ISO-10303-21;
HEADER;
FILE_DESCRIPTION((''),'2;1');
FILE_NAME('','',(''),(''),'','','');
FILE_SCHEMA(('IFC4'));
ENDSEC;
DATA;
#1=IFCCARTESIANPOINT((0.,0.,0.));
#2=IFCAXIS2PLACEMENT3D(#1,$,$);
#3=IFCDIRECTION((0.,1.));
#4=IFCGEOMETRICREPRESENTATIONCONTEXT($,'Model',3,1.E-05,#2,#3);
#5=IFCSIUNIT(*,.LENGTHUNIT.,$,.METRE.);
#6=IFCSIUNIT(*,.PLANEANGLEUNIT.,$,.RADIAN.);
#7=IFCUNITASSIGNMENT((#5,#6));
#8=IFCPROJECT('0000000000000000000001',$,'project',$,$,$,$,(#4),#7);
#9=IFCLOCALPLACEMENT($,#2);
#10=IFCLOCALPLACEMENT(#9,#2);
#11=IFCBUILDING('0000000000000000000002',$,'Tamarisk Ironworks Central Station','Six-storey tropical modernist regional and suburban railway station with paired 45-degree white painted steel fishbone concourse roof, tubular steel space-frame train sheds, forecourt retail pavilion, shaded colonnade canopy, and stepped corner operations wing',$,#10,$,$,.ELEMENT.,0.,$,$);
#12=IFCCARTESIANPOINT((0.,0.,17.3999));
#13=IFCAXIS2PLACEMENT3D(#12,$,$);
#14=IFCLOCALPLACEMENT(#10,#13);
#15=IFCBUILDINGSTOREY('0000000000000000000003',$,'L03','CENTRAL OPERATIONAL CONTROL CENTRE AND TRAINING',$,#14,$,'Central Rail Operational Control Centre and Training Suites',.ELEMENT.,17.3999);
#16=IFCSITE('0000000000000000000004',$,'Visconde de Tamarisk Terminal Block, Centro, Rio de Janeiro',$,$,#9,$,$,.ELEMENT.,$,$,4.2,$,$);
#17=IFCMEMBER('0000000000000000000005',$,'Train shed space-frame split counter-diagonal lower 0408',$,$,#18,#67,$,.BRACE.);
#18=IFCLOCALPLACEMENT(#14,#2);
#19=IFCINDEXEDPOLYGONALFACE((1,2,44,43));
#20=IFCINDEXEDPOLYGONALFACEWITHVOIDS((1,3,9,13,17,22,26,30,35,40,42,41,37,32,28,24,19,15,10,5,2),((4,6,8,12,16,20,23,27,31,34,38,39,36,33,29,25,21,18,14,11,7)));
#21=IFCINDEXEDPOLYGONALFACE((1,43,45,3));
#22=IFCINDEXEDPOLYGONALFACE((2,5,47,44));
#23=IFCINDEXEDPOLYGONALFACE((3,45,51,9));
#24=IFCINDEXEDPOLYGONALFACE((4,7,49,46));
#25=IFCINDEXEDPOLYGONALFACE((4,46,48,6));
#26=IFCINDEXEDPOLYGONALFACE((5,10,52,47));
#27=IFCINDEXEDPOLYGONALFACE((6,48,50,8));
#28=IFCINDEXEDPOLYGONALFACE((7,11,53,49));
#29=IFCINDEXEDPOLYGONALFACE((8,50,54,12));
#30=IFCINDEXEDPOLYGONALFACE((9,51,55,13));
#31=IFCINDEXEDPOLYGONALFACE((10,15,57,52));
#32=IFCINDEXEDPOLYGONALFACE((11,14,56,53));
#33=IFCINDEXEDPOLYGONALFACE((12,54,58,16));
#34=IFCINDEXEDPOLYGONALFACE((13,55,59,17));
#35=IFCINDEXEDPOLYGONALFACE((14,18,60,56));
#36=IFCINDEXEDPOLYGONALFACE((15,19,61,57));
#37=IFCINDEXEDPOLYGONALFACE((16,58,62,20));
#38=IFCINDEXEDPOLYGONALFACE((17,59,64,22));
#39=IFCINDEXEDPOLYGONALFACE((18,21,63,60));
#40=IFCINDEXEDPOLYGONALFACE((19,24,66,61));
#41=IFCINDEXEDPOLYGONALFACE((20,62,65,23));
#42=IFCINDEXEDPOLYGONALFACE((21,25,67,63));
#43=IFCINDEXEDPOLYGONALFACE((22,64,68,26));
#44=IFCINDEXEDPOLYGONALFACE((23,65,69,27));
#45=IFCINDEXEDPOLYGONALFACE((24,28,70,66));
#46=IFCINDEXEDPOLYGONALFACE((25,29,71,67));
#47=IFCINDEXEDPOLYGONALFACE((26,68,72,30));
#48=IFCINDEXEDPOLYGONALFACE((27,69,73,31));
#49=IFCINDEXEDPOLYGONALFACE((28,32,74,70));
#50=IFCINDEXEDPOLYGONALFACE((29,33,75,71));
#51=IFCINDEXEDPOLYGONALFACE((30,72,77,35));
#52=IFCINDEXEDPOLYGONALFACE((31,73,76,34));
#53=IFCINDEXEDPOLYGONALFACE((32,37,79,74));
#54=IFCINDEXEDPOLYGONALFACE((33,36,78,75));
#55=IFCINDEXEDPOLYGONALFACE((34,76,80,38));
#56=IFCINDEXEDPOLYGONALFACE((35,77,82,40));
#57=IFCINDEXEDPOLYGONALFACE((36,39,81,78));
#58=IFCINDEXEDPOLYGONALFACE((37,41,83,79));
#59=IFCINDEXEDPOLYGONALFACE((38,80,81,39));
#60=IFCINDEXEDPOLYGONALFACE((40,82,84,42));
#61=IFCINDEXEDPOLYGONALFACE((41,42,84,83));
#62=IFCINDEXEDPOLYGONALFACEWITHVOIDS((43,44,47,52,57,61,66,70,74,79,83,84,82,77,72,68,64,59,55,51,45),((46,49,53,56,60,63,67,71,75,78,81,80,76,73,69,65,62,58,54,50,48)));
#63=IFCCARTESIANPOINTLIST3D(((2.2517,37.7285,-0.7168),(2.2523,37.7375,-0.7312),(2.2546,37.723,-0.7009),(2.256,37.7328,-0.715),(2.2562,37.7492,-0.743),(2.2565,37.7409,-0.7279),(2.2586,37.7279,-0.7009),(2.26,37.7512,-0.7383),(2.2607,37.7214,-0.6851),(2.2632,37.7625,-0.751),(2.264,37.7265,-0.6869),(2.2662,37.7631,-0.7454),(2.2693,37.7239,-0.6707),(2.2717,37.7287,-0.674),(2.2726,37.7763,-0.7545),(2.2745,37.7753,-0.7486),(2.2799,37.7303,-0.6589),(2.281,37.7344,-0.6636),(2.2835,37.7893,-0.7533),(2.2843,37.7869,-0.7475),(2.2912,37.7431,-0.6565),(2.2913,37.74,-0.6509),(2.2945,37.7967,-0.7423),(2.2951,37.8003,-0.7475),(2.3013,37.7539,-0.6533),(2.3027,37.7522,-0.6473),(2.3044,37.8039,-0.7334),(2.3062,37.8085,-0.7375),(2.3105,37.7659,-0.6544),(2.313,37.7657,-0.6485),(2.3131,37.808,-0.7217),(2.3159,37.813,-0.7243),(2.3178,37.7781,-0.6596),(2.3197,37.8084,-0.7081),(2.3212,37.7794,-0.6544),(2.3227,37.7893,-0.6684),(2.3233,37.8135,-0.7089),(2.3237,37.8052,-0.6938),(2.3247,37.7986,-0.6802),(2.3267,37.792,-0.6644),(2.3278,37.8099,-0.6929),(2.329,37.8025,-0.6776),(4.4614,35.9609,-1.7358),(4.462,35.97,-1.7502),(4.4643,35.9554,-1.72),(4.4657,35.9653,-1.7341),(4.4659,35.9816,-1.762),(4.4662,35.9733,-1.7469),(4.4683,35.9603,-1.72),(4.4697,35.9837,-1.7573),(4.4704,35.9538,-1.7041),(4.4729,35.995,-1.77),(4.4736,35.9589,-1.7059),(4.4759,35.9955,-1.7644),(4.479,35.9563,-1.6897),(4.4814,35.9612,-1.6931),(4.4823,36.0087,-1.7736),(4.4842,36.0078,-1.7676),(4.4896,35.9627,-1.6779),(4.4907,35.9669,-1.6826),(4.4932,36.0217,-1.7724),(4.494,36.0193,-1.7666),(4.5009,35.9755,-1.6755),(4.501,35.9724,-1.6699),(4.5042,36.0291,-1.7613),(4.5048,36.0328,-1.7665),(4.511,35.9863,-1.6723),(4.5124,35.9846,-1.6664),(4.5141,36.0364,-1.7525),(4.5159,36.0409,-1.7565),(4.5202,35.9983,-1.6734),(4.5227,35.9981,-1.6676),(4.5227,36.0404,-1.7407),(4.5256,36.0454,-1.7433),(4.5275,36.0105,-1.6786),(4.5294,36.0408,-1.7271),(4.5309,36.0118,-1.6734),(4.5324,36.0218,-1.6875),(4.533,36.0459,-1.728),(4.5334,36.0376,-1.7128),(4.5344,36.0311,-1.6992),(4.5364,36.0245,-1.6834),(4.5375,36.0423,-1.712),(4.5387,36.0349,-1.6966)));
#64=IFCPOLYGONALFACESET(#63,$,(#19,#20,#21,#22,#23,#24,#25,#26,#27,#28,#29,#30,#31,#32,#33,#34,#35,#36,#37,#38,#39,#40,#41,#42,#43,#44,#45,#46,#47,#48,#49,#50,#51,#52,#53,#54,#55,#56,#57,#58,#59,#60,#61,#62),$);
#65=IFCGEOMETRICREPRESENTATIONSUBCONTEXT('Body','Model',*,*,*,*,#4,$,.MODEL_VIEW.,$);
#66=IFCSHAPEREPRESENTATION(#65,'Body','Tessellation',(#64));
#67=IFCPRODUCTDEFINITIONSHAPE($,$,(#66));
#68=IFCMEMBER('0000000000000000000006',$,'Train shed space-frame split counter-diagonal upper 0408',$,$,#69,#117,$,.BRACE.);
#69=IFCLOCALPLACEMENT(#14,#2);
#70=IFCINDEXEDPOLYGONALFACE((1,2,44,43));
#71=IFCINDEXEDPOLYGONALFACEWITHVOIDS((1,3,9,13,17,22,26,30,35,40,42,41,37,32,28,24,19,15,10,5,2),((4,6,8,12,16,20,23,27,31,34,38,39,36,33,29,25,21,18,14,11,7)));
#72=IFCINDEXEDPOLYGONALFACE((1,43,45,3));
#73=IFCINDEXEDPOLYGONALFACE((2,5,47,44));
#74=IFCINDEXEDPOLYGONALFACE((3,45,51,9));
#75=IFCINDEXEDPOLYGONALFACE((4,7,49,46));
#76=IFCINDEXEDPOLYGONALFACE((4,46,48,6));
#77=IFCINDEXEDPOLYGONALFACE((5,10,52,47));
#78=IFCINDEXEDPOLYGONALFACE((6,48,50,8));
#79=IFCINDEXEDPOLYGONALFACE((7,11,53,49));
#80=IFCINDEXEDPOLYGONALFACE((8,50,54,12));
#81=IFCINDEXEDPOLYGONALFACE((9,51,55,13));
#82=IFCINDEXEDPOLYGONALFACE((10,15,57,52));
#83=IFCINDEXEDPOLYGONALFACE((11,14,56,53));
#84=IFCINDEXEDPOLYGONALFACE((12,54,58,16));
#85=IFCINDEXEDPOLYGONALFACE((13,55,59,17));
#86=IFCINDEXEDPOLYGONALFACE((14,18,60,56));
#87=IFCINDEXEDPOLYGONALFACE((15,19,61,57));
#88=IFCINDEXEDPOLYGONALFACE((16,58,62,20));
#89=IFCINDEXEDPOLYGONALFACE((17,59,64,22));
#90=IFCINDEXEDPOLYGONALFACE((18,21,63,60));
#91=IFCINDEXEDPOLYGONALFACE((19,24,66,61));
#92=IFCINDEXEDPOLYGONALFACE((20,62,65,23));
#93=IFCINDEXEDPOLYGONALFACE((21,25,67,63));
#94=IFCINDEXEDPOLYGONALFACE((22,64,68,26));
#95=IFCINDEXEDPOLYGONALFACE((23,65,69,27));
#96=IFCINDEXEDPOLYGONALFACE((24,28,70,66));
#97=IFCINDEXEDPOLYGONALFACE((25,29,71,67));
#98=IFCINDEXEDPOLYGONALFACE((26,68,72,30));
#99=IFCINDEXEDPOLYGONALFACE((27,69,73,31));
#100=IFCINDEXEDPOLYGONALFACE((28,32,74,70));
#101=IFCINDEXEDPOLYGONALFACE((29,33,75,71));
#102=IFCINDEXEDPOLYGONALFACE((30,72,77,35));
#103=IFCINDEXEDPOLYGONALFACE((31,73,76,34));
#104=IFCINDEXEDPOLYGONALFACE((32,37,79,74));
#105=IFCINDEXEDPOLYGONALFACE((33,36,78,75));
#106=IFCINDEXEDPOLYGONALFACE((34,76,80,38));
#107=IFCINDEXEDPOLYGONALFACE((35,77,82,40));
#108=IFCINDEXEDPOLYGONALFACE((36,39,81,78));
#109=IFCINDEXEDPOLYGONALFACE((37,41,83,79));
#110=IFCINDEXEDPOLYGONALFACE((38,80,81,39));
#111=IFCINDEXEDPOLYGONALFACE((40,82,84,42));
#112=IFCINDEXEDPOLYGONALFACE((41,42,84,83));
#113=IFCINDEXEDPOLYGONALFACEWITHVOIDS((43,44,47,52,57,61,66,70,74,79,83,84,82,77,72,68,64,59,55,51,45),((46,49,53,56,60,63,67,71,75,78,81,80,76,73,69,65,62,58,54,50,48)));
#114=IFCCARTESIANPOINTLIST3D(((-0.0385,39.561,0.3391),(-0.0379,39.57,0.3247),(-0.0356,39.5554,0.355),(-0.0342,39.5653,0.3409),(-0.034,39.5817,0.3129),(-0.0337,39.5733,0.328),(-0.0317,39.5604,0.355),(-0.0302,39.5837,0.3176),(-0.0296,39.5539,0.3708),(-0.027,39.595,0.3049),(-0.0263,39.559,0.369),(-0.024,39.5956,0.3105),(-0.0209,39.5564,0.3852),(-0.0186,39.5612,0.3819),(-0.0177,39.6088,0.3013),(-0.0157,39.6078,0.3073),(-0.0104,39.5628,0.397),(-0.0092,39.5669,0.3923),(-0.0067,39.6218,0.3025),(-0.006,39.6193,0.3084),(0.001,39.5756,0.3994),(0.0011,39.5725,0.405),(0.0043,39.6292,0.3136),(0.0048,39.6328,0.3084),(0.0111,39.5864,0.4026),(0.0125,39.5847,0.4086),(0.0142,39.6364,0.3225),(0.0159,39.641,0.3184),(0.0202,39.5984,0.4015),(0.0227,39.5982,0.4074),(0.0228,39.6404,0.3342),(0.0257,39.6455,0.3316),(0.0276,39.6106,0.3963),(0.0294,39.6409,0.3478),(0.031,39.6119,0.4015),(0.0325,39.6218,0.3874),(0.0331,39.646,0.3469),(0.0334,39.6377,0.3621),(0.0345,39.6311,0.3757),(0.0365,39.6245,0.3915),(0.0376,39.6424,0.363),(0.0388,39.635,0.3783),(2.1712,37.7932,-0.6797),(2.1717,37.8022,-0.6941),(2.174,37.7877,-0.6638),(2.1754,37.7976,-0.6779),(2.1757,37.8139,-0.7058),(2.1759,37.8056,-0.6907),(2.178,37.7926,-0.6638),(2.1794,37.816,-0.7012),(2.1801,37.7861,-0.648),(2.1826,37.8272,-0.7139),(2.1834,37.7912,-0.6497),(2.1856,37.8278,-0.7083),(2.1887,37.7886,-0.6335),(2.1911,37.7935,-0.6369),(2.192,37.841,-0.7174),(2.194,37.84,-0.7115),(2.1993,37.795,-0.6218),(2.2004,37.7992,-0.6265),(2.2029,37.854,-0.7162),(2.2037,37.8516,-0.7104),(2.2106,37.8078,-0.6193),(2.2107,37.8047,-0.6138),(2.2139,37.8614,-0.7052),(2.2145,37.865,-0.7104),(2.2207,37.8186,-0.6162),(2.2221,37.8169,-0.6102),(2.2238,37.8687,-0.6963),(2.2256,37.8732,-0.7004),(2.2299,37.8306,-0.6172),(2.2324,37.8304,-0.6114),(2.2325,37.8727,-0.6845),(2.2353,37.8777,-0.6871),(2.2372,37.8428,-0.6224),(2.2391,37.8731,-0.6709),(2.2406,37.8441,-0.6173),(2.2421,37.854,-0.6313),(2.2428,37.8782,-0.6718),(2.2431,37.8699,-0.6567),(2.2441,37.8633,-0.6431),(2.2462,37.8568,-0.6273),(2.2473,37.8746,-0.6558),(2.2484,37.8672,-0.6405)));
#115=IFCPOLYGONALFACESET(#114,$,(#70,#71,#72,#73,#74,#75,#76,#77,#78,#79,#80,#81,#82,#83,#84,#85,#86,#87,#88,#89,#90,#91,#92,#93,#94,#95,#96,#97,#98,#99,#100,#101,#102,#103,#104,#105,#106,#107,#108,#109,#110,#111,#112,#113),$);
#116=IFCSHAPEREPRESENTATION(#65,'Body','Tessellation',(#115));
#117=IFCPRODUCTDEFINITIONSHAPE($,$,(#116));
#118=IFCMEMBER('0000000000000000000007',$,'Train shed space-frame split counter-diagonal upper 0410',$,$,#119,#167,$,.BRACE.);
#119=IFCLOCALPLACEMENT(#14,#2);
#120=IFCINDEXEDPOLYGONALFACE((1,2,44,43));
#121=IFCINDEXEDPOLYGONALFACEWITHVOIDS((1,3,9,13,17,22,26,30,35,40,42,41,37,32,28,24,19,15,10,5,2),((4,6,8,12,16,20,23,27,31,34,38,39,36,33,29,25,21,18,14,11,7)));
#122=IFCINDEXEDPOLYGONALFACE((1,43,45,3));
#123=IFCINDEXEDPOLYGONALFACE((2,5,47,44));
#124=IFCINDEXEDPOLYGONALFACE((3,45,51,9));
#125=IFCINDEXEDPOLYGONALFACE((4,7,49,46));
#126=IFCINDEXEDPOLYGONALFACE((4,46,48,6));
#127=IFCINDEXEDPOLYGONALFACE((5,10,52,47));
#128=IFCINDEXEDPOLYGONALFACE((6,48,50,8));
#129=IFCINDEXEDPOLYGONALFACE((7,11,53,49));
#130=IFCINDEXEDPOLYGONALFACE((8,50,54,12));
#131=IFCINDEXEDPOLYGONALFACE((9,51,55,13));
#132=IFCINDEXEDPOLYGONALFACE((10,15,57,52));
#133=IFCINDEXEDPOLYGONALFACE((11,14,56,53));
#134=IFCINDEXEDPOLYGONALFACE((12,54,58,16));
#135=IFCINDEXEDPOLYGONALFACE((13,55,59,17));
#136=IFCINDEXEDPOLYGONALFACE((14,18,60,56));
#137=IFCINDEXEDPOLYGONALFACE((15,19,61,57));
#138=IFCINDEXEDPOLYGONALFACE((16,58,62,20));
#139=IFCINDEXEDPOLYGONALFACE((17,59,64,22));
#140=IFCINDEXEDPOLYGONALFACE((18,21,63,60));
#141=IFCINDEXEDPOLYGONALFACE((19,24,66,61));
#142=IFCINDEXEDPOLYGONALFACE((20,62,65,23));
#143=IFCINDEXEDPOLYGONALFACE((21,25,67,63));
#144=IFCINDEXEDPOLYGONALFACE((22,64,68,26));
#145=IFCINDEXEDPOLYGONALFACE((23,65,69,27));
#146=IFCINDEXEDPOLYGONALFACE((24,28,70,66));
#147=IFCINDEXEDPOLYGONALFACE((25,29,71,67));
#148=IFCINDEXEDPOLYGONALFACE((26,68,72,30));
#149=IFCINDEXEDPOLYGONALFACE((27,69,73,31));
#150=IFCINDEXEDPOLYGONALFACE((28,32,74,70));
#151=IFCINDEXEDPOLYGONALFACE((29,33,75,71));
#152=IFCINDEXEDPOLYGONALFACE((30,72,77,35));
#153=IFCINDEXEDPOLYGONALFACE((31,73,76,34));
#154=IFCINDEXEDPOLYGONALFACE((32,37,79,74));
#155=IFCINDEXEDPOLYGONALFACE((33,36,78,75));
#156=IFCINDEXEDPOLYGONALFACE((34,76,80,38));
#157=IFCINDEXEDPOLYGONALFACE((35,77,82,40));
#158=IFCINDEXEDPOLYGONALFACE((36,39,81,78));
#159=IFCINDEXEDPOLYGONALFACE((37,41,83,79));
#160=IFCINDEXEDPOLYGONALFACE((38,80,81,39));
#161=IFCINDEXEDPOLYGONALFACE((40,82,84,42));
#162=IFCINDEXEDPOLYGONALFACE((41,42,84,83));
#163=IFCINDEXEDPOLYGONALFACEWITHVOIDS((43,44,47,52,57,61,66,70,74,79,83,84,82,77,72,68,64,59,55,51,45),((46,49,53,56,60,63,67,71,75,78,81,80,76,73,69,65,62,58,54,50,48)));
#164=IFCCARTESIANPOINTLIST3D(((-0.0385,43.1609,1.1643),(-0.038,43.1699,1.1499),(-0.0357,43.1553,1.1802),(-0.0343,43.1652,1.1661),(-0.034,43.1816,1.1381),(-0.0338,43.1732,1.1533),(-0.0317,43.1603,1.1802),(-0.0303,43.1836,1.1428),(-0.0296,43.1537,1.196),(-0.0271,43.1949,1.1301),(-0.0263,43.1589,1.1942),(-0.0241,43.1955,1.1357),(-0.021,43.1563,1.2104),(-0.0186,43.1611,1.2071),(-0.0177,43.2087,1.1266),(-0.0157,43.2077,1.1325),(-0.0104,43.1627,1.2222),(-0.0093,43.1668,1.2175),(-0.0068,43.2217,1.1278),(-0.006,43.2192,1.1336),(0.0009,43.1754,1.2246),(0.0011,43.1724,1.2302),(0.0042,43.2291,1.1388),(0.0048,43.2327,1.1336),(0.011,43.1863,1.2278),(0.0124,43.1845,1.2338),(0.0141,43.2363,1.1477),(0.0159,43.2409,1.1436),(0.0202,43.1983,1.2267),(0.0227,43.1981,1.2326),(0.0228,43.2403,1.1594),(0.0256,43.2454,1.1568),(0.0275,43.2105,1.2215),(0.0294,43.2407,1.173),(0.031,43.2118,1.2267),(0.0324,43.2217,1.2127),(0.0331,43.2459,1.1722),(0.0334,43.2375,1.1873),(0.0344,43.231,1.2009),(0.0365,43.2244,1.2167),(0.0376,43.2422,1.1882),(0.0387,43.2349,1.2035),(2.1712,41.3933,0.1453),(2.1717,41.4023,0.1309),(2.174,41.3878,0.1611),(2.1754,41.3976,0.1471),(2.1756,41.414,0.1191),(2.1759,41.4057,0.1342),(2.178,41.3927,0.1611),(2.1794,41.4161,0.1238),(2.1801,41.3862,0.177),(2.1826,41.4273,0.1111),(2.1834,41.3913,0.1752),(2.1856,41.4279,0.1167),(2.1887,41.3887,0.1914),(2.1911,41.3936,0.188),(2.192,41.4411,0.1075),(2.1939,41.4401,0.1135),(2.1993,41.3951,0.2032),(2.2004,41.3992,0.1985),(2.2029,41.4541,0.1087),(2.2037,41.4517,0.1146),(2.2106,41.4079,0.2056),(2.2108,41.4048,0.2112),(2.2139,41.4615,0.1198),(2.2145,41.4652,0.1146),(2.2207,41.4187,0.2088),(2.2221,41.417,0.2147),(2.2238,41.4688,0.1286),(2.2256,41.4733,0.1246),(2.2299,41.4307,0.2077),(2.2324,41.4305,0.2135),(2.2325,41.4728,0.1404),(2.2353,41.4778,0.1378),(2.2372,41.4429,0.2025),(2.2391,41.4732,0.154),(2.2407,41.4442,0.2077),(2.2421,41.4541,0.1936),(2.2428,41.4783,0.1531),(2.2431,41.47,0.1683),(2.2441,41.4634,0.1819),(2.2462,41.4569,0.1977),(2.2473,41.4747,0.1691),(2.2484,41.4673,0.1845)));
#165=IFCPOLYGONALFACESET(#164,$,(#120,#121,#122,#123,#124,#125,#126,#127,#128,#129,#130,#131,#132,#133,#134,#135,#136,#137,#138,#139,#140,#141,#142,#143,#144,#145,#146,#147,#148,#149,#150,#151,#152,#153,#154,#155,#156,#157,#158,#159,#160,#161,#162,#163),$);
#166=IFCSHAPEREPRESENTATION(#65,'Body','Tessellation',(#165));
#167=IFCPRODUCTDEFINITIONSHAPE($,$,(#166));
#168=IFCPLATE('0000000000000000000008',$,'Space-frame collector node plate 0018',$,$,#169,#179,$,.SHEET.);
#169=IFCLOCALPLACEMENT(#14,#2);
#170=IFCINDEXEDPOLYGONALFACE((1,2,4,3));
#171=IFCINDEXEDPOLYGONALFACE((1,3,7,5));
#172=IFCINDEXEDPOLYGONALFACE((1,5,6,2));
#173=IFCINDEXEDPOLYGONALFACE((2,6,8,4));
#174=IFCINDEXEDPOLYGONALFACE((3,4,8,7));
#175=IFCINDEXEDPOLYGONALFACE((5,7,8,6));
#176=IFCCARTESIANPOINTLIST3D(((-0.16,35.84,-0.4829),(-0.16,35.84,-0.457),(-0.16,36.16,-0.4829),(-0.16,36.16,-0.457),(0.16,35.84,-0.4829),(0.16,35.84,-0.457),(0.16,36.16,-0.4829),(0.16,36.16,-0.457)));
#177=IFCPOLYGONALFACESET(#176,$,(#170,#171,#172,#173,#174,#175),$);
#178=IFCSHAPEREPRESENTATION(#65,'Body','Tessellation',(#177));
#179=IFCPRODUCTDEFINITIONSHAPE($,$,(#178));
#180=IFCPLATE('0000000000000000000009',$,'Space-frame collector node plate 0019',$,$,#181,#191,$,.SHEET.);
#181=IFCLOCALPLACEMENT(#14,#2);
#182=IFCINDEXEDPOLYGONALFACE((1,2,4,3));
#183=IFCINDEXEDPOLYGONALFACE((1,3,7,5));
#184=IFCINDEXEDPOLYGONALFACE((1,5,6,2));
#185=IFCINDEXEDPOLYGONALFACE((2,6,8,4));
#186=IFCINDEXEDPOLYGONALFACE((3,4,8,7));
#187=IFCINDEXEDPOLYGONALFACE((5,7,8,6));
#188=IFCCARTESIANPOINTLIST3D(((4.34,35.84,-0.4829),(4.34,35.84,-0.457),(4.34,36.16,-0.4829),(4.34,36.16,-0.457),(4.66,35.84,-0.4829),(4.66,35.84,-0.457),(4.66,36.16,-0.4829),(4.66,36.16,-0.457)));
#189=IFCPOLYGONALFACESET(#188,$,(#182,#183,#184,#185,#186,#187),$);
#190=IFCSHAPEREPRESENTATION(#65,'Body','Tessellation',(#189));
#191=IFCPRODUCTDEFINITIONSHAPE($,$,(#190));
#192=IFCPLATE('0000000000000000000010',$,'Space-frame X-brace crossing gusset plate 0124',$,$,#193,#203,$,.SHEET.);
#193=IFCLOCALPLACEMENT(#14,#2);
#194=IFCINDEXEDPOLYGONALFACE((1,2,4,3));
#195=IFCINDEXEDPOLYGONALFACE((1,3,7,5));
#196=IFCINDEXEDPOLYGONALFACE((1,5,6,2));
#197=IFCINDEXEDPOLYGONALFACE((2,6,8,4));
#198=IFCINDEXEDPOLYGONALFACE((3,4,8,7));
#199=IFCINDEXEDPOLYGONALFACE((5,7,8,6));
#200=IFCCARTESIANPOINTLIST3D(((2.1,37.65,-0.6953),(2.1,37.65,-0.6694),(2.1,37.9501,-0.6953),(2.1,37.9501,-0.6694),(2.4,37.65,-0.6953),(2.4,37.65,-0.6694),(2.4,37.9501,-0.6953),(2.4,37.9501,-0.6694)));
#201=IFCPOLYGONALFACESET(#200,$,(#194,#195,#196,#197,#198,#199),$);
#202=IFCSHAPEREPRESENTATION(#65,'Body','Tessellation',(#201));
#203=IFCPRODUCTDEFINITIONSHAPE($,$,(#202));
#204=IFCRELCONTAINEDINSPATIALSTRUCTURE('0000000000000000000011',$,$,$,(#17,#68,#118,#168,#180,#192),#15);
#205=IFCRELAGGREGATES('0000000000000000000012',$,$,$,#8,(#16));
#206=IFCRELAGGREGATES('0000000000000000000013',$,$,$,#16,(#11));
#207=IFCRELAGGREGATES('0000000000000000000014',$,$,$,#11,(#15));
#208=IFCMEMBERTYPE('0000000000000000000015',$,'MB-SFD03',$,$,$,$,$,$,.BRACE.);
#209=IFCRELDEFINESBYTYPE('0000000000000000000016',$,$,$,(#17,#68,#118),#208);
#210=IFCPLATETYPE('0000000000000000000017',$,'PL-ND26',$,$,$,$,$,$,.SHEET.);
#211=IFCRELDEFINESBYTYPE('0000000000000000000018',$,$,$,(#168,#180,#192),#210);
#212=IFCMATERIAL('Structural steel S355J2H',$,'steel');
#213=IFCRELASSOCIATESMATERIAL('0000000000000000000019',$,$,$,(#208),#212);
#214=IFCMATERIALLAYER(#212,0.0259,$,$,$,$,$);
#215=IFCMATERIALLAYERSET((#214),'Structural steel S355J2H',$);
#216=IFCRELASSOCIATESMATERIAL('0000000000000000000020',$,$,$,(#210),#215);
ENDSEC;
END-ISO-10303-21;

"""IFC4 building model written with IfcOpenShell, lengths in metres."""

from ifc_helpers import new_model, si_unit, direction, frame, origin, origin_2d, place, context, subcontext, project, spatial, rectangle, hollow_circle, extrude, material, layer, layer_set, material_profile, profile_set, type_object, element, save


model = new_model("IFC4")

# Units and contexts
model_context = context("Model", 3, precision=1e-05, world=origin(), true_north=direction((0.0, 1.0)))
body_context = subcontext(model_context, "Body", "Model", "MODEL_VIEW")
ifc_project = project(units=[si_unit("LENGTHUNIT", "METRE"), si_unit("PLANEANGLEUNIT", "RADIAN")], contexts=[model_context])

# Site, building, storey
site_placement = place(None, origin())
site = spatial("IfcSite", under=ifc_project, at=site_placement, Name="Visconde de Tamarisk Terminal Block, Centro, Rio de Janeiro", CompositionType="ELEMENT", RefElevation=4.2)
building_placement = place(site_placement, origin())
building = spatial("IfcBuilding", under=site, at=building_placement, Name="Tamarisk Ironworks Central Station", Description="Six-storey tropical modernist regional and suburban railway station with paired 45-degree white painted steel fishbone concourse roof, tubular steel space-frame train sheds, forecourt retail pavilion, shaded colonnade canopy, and stepped corner operations wing", CompositionType="ELEMENT", ElevationOfRefHeight=0.0)
storey_placement = place(building_placement, frame((0.0, 0.0, 17.3999)))
storey = spatial("IfcBuildingStorey", under=building, at=storey_placement, Name="L03", Description="CENTRAL OPERATIONAL CONTROL CENTRE AND TRAINING", LongName="Central Rail Operational Control Centre and Training Suites", CompositionType="ELEMENT", Elevation=17.3999)

# Members
ifc_material_1 = material(Name="Structural steel S355J2H", Category="steel")
ifc_material_profile_1 = material_profile(ifc_material_1, hollow_circle(Radius=0.0571, WallThickness=0.0063, at=origin_2d()), Name="CHS 114.3x6.3")
ifc_profile_set_1 = profile_set([ifc_material_profile_1], Name="Structural steel S355J2H")
member_type_1 = type_object("IfcMemberType", Name="MB-SFD03", PredefinedType="BRACE", material=ifc_profile_set_1)
for number, where, z_axis, x_axis, name in (
    (1, (4.5, 36.0, -1.72), (-0.734712, 0.587705, 0.338823), (-0.624653, -0.780902, 0.0), "Train shed space-frame split counter-diagonal lower 0408"),
    (2, (2.2097, 37.8323, -0.6638), (-0.734697, 0.587774, 0.338735), (-0.624706, -0.78086, 0.0), "Train shed space-frame split counter-diagonal upper 0408"),
    (3, (2.2097, 41.4324, 0.1611), (-0.734712, 0.587705, 0.338823), (-0.624653, -0.780902, 0.0), "Train shed space-frame split counter-diagonal upper 0410"),
):
    element("IfcMember", number, at=place(storey_placement, frame(where, z_axis=z_axis, x_axis=x_axis)), inside=storey, type_object=member_type_1, Name=name, PredefinedType="BRACE", context=body_context, shape_type="SweptSolid", body=[
        extrude(hollow_circle(Radius=0.0571, WallThickness=0.0063, at=origin_2d()), origin(), (0.0, 0.0, 1.0), 3.0076),
    ])

# Plates
ifc_layer_1 = layer(ifc_material_1, 0.0259)
ifc_layer_set_1 = layer_set([ifc_layer_1], Name="Structural steel S355J2H")
plate_type = type_object("IfcPlateType", Name="PL-ND26", PredefinedType="SHEET", material=ifc_layer_set_1)
for number, where, z_axis, x_axis, name in (
    (4, (0.0, 36.0, -0.4829), (0.0, 0.0, 1.0), (1.0, 0.0, 0.0), "Space-frame collector node plate 0018"),
    (5, (4.5, 36.0, -0.4829), (0.0, 0.0, 1.0), (1.0, 0.0, 0.0), "Space-frame collector node plate 0019"),
):
    element("IfcPlate", number, at=place(storey_placement, frame(where, z_axis=z_axis, x_axis=x_axis)), inside=storey, type_object=plate_type, Name=name, PredefinedType="SHEET", context=body_context, shape_type="SweptSolid", body=[
        extrude(rectangle(XDim=0.3201, YDim=0.3201, at=origin_2d()), origin(), (0.0, 0.0, 1.0), 0.0259),
    ])
plate_1_placement = place(storey_placement, frame((2.25, 37.8, -0.6953), z_axis=(0.0, 0.0, 1.0), x_axis=(1.0, 0.0, 0.0)))
element("IfcPlate", 6, at=plate_1_placement, inside=storey, type_object=plate_type, Name="Space-frame X-brace crossing gusset plate 0124", PredefinedType="SHEET", context=body_context, shape_type="SweptSolid", body=[
    extrude(rectangle(XDim=0.3, YDim=0.3, at=origin_2d()), origin(), (0.0, 0.0, 1.0), 0.0259),
])

save(model, "model.ifc")
